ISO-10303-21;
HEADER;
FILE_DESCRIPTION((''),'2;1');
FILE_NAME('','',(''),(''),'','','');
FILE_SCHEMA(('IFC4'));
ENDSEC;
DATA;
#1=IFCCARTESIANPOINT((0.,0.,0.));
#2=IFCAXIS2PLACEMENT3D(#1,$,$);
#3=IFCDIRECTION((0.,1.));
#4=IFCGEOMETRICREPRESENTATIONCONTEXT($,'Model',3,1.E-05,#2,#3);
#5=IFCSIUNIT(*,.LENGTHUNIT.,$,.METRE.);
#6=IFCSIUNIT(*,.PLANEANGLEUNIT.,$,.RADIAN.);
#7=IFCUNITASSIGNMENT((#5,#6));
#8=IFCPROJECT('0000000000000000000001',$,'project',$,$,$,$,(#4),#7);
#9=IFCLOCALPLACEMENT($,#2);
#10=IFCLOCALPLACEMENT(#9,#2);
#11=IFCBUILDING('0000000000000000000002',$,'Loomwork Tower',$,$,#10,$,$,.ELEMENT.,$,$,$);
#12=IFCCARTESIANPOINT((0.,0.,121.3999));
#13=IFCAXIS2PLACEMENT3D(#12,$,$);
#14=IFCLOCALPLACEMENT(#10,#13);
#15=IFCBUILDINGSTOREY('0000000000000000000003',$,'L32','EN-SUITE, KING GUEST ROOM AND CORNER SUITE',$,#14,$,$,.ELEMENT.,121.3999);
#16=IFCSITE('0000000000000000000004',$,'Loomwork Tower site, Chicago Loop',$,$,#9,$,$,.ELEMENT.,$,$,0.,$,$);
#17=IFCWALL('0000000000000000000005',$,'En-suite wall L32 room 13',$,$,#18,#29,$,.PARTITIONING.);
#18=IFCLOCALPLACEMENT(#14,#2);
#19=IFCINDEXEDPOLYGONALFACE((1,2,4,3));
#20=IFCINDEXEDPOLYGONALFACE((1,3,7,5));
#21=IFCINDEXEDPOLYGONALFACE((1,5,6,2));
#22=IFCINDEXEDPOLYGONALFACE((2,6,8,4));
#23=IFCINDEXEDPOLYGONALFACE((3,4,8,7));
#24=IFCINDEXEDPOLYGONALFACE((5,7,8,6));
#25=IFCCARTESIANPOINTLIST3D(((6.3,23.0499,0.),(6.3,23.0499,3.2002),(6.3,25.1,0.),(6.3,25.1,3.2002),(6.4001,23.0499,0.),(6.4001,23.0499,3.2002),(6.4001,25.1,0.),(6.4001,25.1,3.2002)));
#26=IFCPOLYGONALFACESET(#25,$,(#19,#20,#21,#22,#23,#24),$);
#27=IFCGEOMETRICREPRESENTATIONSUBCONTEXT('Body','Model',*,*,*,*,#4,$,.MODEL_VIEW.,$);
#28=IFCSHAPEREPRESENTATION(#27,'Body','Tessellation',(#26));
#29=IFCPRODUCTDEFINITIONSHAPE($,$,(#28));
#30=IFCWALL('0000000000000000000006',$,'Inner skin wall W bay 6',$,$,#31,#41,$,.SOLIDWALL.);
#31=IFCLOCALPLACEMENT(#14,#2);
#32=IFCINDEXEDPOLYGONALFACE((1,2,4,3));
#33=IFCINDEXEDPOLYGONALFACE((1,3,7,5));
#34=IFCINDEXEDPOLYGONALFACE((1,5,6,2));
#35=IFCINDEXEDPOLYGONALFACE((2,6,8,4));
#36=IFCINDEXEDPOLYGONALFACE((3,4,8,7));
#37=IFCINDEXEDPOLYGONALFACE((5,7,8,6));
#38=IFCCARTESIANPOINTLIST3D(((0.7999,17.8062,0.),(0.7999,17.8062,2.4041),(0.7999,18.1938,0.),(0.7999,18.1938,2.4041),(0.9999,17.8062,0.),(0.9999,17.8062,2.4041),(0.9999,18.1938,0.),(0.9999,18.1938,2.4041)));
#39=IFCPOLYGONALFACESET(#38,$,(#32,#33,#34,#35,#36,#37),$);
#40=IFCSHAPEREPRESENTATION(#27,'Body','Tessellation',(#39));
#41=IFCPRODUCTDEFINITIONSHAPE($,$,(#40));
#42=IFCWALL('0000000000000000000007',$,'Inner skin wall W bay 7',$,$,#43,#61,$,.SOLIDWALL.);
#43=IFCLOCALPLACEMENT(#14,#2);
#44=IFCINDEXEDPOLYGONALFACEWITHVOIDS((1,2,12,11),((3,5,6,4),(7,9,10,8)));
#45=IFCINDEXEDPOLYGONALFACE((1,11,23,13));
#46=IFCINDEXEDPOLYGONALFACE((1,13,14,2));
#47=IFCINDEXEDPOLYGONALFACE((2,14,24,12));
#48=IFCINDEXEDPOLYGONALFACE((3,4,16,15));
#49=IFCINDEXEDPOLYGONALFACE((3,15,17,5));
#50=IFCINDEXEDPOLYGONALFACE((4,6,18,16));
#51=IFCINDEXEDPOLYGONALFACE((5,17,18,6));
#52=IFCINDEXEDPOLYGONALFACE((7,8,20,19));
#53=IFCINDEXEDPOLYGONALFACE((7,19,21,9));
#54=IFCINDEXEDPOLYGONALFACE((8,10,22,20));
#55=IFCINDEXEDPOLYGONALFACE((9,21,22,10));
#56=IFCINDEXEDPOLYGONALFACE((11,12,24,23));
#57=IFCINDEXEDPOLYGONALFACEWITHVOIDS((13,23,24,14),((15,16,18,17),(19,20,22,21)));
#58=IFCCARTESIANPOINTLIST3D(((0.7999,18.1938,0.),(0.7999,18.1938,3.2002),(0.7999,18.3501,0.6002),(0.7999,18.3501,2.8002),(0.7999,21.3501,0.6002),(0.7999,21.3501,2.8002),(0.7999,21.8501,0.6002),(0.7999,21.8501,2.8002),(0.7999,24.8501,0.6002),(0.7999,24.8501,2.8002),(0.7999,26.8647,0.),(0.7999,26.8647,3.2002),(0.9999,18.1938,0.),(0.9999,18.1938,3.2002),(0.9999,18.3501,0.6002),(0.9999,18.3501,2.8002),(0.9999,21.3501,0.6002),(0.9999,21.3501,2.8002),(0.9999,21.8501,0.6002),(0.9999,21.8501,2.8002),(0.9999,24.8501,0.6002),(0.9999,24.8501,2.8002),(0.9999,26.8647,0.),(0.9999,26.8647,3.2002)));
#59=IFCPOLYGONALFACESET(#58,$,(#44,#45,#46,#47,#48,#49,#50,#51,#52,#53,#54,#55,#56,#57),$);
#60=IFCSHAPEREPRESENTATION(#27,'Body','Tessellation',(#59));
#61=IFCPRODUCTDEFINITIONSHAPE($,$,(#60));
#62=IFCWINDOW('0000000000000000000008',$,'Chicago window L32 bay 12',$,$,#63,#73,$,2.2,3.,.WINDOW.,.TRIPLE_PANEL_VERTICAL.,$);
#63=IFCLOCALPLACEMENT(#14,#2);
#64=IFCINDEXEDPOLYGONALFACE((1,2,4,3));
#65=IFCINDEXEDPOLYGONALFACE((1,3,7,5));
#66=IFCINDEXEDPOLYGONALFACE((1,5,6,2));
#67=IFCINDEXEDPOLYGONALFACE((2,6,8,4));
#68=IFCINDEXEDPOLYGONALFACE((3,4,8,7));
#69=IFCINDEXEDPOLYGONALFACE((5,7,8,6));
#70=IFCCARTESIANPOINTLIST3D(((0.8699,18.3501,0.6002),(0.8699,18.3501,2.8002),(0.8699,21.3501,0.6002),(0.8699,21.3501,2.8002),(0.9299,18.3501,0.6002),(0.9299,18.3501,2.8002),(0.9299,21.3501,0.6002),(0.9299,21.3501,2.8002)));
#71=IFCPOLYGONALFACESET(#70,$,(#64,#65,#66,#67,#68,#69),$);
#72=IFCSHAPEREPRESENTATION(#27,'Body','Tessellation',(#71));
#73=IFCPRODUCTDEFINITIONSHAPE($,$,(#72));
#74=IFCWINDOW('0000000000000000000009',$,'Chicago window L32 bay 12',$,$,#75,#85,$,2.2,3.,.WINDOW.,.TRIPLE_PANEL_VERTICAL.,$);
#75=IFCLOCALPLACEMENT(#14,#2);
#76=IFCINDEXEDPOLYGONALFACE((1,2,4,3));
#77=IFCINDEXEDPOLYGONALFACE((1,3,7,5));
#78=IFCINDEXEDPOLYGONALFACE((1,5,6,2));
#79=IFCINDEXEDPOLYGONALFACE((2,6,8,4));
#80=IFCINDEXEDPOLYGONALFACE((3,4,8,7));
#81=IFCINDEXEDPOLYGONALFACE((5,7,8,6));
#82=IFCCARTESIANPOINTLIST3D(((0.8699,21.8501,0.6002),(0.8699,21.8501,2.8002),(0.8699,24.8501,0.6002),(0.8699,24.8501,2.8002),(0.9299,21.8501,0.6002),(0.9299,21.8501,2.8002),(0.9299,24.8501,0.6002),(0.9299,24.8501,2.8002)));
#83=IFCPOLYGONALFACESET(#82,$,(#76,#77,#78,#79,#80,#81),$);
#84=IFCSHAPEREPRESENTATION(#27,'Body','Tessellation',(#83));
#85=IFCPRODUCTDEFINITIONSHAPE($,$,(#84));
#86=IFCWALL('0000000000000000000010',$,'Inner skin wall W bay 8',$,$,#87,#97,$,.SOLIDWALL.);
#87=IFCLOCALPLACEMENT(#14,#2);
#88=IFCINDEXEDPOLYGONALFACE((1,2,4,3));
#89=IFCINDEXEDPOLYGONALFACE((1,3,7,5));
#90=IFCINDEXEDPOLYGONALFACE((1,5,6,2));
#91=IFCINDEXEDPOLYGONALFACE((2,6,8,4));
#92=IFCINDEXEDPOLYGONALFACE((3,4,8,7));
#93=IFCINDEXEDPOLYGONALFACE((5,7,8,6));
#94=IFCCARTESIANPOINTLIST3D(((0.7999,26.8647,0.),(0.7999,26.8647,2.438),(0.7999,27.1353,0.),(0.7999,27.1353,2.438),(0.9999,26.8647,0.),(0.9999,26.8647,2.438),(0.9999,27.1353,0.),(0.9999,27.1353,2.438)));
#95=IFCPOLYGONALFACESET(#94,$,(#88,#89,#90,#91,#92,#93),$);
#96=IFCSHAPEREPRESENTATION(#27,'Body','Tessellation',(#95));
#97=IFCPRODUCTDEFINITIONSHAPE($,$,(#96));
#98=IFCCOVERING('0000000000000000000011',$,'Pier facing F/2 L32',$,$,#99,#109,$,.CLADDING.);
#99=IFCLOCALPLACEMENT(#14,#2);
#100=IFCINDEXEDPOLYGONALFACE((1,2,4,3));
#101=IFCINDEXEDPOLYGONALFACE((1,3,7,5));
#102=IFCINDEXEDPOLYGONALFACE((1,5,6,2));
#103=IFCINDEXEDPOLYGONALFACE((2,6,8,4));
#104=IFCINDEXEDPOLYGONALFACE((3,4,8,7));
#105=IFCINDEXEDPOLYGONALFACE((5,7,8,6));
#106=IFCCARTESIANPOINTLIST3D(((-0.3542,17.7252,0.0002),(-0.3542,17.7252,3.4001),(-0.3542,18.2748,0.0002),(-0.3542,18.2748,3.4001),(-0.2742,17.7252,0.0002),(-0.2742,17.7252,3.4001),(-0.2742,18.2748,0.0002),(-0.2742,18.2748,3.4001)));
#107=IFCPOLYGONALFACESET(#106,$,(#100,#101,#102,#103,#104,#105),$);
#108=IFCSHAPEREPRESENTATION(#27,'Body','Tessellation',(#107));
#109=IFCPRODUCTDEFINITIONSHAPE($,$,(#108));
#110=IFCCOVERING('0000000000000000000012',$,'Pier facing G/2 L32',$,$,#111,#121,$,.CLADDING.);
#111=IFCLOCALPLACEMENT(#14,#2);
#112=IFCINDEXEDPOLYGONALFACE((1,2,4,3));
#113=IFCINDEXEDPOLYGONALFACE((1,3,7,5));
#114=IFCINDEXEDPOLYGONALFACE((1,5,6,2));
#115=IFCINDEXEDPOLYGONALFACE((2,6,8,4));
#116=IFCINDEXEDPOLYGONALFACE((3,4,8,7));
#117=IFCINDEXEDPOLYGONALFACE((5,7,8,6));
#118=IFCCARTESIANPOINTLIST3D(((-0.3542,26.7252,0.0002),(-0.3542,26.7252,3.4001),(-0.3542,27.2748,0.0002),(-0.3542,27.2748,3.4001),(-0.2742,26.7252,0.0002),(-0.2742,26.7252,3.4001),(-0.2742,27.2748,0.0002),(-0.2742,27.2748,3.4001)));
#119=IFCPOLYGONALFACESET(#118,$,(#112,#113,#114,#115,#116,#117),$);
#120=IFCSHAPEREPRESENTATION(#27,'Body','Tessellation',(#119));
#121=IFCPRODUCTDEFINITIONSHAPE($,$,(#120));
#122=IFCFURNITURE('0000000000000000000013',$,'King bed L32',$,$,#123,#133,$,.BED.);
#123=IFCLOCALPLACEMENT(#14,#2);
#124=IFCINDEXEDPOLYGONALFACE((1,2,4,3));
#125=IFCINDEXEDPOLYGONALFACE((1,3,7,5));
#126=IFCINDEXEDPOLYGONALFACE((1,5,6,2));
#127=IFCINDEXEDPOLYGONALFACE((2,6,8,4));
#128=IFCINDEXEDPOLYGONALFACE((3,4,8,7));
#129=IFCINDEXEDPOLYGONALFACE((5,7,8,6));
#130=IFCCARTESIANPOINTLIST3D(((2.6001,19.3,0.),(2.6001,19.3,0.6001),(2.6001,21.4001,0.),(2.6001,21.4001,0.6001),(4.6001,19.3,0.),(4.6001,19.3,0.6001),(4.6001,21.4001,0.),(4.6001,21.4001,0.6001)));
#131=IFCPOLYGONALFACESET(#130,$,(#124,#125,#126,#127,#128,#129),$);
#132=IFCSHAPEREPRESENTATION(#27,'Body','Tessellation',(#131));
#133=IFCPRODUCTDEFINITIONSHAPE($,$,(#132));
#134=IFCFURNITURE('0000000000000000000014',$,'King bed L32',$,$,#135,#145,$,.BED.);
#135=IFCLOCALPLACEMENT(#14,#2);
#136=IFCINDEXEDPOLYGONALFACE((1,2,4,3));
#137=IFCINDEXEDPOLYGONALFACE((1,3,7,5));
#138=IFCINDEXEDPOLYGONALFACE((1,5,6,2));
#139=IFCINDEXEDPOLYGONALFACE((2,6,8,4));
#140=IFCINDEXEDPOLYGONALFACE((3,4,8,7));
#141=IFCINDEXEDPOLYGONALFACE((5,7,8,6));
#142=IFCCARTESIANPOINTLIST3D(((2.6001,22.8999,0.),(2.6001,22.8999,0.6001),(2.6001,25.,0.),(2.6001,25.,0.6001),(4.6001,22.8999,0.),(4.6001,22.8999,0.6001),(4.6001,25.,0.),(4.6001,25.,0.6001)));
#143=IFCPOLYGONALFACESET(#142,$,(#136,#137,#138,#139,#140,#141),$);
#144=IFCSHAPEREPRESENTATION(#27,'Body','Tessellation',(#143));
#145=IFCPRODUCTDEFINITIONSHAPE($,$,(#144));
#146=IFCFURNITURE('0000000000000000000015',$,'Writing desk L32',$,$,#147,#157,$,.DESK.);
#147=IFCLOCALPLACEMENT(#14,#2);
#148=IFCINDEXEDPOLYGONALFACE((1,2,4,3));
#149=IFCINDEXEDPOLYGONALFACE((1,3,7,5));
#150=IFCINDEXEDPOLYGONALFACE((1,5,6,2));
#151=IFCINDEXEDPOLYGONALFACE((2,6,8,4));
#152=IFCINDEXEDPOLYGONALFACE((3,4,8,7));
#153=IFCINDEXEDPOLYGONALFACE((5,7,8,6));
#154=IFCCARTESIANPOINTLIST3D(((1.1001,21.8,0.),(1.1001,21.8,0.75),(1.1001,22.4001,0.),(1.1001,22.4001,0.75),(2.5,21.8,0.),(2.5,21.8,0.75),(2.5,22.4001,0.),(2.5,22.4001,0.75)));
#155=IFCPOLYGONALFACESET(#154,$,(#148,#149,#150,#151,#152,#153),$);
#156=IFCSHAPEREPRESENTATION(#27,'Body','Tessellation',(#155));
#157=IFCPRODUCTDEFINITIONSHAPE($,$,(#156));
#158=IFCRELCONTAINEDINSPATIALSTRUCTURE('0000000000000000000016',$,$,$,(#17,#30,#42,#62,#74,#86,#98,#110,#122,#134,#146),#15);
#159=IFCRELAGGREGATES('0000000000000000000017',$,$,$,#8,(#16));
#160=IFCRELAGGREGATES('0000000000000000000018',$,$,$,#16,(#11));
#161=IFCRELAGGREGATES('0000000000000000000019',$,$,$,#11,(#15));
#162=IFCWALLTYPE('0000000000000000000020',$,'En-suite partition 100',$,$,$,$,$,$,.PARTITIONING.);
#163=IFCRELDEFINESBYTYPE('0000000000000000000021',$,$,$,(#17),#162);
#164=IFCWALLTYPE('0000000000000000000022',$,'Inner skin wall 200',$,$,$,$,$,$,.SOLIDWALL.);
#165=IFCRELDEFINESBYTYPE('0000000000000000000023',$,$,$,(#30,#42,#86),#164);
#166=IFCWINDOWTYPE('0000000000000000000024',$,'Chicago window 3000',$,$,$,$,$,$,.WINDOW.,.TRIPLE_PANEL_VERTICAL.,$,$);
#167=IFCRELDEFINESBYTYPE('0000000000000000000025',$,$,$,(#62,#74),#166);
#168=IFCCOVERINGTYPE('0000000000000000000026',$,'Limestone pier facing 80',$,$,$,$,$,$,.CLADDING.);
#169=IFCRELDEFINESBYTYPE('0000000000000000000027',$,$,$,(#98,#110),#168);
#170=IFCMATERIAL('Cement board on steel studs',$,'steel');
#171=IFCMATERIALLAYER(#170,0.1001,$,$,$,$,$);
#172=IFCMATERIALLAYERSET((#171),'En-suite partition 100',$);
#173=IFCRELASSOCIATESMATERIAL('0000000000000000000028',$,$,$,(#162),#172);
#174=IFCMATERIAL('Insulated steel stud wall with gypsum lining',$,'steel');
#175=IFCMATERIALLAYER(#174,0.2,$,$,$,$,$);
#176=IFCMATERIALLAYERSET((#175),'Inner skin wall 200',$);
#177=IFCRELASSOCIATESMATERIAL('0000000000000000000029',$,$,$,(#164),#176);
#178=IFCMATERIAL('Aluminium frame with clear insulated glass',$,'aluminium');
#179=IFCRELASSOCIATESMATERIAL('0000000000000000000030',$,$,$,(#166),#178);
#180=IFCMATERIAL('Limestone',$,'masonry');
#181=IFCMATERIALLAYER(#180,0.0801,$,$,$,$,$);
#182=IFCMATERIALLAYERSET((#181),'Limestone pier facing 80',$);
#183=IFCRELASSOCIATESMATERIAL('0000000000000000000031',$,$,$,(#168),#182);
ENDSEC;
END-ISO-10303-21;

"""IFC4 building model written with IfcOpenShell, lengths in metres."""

from ifc_helpers import new_model, si_unit, direction, frame, frame_2d, origin, origin_2d, place, context, subcontext, project, spatial, rectangle, extrude, material, layer, layer_set, type_object, element, fill, save


model = new_model("IFC4")

# Units and contexts
model_context = context("Model", 3, precision=1e-05, world=origin(), true_north=direction((0.0, 1.0)))
body_context = subcontext(model_context, "Body", "Model", "MODEL_VIEW")
ifc_project = project(units=[si_unit("LENGTHUNIT", "METRE"), si_unit("PLANEANGLEUNIT", "RADIAN")], contexts=[model_context])

# Site, building, storey
site_placement = place(None, origin())
site = spatial("IfcSite", under=ifc_project, at=site_placement, Name="Loomwork Tower site, Chicago Loop", CompositionType="ELEMENT", RefElevation=0.0)
building_placement = place(site_placement, origin())
building = spatial("IfcBuilding", under=site, at=building_placement, Name="Loomwork Tower", CompositionType="ELEMENT")
storey_placement = place(building_placement, frame((0.0, 0.0, 121.3999)))
storey = spatial("IfcBuildingStorey", under=building, at=storey_placement, Name="L32", Description="EN-SUITE, KING GUEST ROOM AND CORNER SUITE", CompositionType="ELEMENT", Elevation=121.3999)

# Shared definitions
ifc_material_1 = material(Name="Cement board on steel studs", Category="steel")
ifc_layer_1 = layer(ifc_material_1, 0.1001)
ifc_layer_set_1 = layer_set([ifc_layer_1], Name="En-suite partition 100")
wall_type_1 = type_object("IfcWallType", Name="En-suite partition 100", PredefinedType="PARTITIONING", material=ifc_layer_set_1)

# Walls
wall_1_placement = place(storey_placement, frame((6.3501, 23.05, 0.0), z_axis=(0.0, 0.0, 1.0), x_axis=(0.0, 1.0, 0.0)))
element("IfcWall", 1, at=wall_1_placement, inside=storey, type_object=wall_type_1, Name="En-suite wall L32 room 13", PredefinedType="PARTITIONING", context=body_context, shape_type="SweptSolid", body=[
    extrude(rectangle(XDim=2.05, YDim=0.1001, at=frame_2d((1.0249, 0.0))), origin(), (0.0, 0.0, 1.0), 3.2002),
])
ifc_material_2 = material(Name="Insulated steel stud wall with gypsum lining", Category="steel")
ifc_layer_2 = layer(ifc_material_2, 0.2)
ifc_layer_set_2 = layer_set([ifc_layer_2], Name="Inner skin wall 200")
wall_type_2 = type_object("IfcWallType", Name="Inner skin wall 200", PredefinedType="SOLIDWALL", material=ifc_layer_set_2)
wall_2_placement = place(storey_placement, frame((0.8999, 17.8062, 0.0), z_axis=(0.0, 0.0, 1.0), x_axis=(0.0, 1.0, 0.0)))
element("IfcWall", 2, at=wall_2_placement, inside=storey, type_object=wall_type_2, Name="Inner skin wall W bay 6", PredefinedType="SOLIDWALL", context=body_context, shape_type="SweptSolid", body=[
    extrude(rectangle(XDim=0.3877, YDim=0.2, at=frame_2d((0.1938, 0.0))), origin(), (0.0, 0.0, 1.0), 2.4041),
])

# Wall, openings, windows
wall_3_placement = place(storey_placement, frame((0.8999, 18.1938, 0.0), z_axis=(0.0, 0.0, 1.0), x_axis=(0.0, 1.0, 0.0)))
wall_3 = element("IfcWall", 3, at=wall_3_placement, inside=storey, type_object=wall_type_2, Name="Inner skin wall W bay 7", PredefinedType="SOLIDWALL", context=body_context, shape_type="SweptSolid", body=[
    extrude(rectangle(XDim=8.6709, YDim=0.2, at=frame_2d((4.3354, 0.0))), origin(), (0.0, 0.0, 1.0), 3.2002),
])
opening_1_placement = place(wall_3_placement, frame((0.1562, 0.0, 0.6001)))
opening_1 = element("IfcOpeningElement", 4, at=opening_1_placement, cuts=wall_3, PredefinedType="OPENING", context=body_context, shape_type="SweptSolid", body=[
    extrude(rectangle(XDim=3.0, YDim=2.2, at=frame_2d((1.5, 1.1001))), frame((0.0, 0.1099, 0.0), z_axis=(0.0, -1.0, 0.0), x_axis=(1.0, 0.0, 0.0)), (0.0, 0.0, 1.0), 0.22),
])
opening_2_placement = place(wall_3_placement, frame((3.6562, 0.0, 0.6001)))
opening_2 = element("IfcOpeningElement", 5, at=opening_2_placement, cuts=wall_3, PredefinedType="OPENING", context=body_context, shape_type="SweptSolid", body=[
    extrude(rectangle(XDim=3.0, YDim=2.2, at=frame_2d((1.5, 1.1001))), frame((0.0, 0.1099, 0.0), z_axis=(0.0, -1.0, 0.0), x_axis=(1.0, 0.0, 0.0)), (0.0, 0.0, 1.0), 0.22),
])
ifc_material_3 = material(Name="Aluminium frame with clear insulated glass", Category="aluminium")
window_type = type_object("IfcWindowType", Name="Chicago window 3000", PartitioningType="TRIPLE_PANEL_VERTICAL", PredefinedType="WINDOW", material=ifc_material_3)
window_1_placement = place(opening_1_placement, origin())
window_1 = element("IfcWindow", 6, at=window_1_placement, inside=storey, type_object=window_type, Name="Chicago window L32 bay 12", OverallHeight=2.2, OverallWidth=3.0, PartitioningType="TRIPLE_PANEL_VERTICAL", PredefinedType="WINDOW", context=body_context, shape_type="SweptSolid", body=[
    extrude(rectangle(XDim=3.0, YDim=2.2, at=frame_2d((1.5, 1.1001))), frame((0.0, 0.03, 0.0), z_axis=(0.0, -1.0, 0.0), x_axis=(1.0, 0.0, 0.0)), (0.0, 0.0, 1.0), 0.0601),
])
fill(opening_1, window_1)
window_2_placement = place(opening_2_placement, origin())
window_2 = element("IfcWindow", 7, at=window_2_placement, inside=storey, type_object=window_type, Name="Chicago window L32 bay 12", OverallHeight=2.2, OverallWidth=3.0, PartitioningType="TRIPLE_PANEL_VERTICAL", PredefinedType="WINDOW", context=body_context, shape_type="SweptSolid", body=[
    extrude(rectangle(XDim=3.0, YDim=2.2, at=frame_2d((1.5, 1.1001))), frame((0.0, 0.03, 0.0), z_axis=(0.0, -1.0, 0.0), x_axis=(1.0, 0.0, 0.0)), (0.0, 0.0, 1.0), 0.0601),
])
fill(opening_2, window_2)

# Wall
wall_4_placement = place(storey_placement, frame((0.8999, 26.8647, 0.0), z_axis=(0.0, 0.0, 1.0), x_axis=(0.0, 1.0, 0.0)))
element("IfcWall", 8, at=wall_4_placement, inside=storey, type_object=wall_type_2, Name="Inner skin wall W bay 8", PredefinedType="SOLIDWALL", context=body_context, shape_type="SweptSolid", body=[
    extrude(rectangle(XDim=0.2705, YDim=0.2, at=frame_2d((0.1353, 0.0))), origin(), (0.0, 0.0, 1.0), 2.438),
])

# Coverings
ifc_material_4 = material(Name="Limestone", Category="masonry")
ifc_layer_3 = layer(ifc_material_4, 0.0801)
ifc_layer_set_3 = layer_set([ifc_layer_3], Name="Limestone pier facing 80")
covering_type = type_object("IfcCoveringType", Name="Limestone pier facing 80", PredefinedType="CLADDING", material=ifc_layer_set_3)
for number, where, z_axis, x_axis, name in (
    (9, (-0.3142, 18.0, 0.0002), (0.0, 0.0, 1.0), (1.0, 0.0, 0.0), "Pier facing F/2 L32"),
    (10, (-0.3142, 27.0, 0.0002), (0.0, 0.0, 1.0), (1.0, 0.0, 0.0), "Pier facing G/2 L32"),
):
    element("IfcCovering", number, at=place(storey_placement, frame(where, z_axis=z_axis, x_axis=x_axis)), inside=storey, type_object=covering_type, Name=name, PredefinedType="CLADDING", context=body_context, shape_type="SweptSolid", body=[
        extrude(rectangle(XDim=0.0801, YDim=0.5496, at=origin_2d()), origin(), (0.0, 0.0, 1.0), 3.3999),
    ])

# Furniture
for number, where, z_axis, x_axis, name in (
    (11, (3.6001, 20.3501, 0.0), (0.0, 0.0, 1.0), (1.0, 0.0, 0.0), "King bed L32"),
    (12, (3.6001, 23.95, 0.0), (0.0, 0.0, 1.0), (1.0, 0.0, 0.0), "King bed L32"),
):
    element("IfcFurniture", number, at=place(storey_placement, frame(where, z_axis=z_axis, x_axis=x_axis)), inside=storey, Name=name, PredefinedType="BED", context=body_context, shape_type="SweptSolid", body=[
        extrude(rectangle(XDim=2.0, YDim=2.1001, at=origin_2d()), origin(), (0.0, 0.0, 1.0), 0.6001),
    ])
furniture_placement = place(storey_placement, frame((1.8, 22.1001, 0.0), z_axis=(0.0, 0.0, 1.0), x_axis=(1.0, 0.0, 0.0)))
element("IfcFurniture", 13, at=furniture_placement, inside=storey, Name="Writing desk L32", PredefinedType="DESK", context=body_context, shape_type="SweptSolid", body=[
    extrude(rectangle(XDim=1.3999, YDim=0.6001, at=origin_2d()), origin(), (0.0, 0.0, 1.0), 0.75),
])

save(model, "model.ifc")
